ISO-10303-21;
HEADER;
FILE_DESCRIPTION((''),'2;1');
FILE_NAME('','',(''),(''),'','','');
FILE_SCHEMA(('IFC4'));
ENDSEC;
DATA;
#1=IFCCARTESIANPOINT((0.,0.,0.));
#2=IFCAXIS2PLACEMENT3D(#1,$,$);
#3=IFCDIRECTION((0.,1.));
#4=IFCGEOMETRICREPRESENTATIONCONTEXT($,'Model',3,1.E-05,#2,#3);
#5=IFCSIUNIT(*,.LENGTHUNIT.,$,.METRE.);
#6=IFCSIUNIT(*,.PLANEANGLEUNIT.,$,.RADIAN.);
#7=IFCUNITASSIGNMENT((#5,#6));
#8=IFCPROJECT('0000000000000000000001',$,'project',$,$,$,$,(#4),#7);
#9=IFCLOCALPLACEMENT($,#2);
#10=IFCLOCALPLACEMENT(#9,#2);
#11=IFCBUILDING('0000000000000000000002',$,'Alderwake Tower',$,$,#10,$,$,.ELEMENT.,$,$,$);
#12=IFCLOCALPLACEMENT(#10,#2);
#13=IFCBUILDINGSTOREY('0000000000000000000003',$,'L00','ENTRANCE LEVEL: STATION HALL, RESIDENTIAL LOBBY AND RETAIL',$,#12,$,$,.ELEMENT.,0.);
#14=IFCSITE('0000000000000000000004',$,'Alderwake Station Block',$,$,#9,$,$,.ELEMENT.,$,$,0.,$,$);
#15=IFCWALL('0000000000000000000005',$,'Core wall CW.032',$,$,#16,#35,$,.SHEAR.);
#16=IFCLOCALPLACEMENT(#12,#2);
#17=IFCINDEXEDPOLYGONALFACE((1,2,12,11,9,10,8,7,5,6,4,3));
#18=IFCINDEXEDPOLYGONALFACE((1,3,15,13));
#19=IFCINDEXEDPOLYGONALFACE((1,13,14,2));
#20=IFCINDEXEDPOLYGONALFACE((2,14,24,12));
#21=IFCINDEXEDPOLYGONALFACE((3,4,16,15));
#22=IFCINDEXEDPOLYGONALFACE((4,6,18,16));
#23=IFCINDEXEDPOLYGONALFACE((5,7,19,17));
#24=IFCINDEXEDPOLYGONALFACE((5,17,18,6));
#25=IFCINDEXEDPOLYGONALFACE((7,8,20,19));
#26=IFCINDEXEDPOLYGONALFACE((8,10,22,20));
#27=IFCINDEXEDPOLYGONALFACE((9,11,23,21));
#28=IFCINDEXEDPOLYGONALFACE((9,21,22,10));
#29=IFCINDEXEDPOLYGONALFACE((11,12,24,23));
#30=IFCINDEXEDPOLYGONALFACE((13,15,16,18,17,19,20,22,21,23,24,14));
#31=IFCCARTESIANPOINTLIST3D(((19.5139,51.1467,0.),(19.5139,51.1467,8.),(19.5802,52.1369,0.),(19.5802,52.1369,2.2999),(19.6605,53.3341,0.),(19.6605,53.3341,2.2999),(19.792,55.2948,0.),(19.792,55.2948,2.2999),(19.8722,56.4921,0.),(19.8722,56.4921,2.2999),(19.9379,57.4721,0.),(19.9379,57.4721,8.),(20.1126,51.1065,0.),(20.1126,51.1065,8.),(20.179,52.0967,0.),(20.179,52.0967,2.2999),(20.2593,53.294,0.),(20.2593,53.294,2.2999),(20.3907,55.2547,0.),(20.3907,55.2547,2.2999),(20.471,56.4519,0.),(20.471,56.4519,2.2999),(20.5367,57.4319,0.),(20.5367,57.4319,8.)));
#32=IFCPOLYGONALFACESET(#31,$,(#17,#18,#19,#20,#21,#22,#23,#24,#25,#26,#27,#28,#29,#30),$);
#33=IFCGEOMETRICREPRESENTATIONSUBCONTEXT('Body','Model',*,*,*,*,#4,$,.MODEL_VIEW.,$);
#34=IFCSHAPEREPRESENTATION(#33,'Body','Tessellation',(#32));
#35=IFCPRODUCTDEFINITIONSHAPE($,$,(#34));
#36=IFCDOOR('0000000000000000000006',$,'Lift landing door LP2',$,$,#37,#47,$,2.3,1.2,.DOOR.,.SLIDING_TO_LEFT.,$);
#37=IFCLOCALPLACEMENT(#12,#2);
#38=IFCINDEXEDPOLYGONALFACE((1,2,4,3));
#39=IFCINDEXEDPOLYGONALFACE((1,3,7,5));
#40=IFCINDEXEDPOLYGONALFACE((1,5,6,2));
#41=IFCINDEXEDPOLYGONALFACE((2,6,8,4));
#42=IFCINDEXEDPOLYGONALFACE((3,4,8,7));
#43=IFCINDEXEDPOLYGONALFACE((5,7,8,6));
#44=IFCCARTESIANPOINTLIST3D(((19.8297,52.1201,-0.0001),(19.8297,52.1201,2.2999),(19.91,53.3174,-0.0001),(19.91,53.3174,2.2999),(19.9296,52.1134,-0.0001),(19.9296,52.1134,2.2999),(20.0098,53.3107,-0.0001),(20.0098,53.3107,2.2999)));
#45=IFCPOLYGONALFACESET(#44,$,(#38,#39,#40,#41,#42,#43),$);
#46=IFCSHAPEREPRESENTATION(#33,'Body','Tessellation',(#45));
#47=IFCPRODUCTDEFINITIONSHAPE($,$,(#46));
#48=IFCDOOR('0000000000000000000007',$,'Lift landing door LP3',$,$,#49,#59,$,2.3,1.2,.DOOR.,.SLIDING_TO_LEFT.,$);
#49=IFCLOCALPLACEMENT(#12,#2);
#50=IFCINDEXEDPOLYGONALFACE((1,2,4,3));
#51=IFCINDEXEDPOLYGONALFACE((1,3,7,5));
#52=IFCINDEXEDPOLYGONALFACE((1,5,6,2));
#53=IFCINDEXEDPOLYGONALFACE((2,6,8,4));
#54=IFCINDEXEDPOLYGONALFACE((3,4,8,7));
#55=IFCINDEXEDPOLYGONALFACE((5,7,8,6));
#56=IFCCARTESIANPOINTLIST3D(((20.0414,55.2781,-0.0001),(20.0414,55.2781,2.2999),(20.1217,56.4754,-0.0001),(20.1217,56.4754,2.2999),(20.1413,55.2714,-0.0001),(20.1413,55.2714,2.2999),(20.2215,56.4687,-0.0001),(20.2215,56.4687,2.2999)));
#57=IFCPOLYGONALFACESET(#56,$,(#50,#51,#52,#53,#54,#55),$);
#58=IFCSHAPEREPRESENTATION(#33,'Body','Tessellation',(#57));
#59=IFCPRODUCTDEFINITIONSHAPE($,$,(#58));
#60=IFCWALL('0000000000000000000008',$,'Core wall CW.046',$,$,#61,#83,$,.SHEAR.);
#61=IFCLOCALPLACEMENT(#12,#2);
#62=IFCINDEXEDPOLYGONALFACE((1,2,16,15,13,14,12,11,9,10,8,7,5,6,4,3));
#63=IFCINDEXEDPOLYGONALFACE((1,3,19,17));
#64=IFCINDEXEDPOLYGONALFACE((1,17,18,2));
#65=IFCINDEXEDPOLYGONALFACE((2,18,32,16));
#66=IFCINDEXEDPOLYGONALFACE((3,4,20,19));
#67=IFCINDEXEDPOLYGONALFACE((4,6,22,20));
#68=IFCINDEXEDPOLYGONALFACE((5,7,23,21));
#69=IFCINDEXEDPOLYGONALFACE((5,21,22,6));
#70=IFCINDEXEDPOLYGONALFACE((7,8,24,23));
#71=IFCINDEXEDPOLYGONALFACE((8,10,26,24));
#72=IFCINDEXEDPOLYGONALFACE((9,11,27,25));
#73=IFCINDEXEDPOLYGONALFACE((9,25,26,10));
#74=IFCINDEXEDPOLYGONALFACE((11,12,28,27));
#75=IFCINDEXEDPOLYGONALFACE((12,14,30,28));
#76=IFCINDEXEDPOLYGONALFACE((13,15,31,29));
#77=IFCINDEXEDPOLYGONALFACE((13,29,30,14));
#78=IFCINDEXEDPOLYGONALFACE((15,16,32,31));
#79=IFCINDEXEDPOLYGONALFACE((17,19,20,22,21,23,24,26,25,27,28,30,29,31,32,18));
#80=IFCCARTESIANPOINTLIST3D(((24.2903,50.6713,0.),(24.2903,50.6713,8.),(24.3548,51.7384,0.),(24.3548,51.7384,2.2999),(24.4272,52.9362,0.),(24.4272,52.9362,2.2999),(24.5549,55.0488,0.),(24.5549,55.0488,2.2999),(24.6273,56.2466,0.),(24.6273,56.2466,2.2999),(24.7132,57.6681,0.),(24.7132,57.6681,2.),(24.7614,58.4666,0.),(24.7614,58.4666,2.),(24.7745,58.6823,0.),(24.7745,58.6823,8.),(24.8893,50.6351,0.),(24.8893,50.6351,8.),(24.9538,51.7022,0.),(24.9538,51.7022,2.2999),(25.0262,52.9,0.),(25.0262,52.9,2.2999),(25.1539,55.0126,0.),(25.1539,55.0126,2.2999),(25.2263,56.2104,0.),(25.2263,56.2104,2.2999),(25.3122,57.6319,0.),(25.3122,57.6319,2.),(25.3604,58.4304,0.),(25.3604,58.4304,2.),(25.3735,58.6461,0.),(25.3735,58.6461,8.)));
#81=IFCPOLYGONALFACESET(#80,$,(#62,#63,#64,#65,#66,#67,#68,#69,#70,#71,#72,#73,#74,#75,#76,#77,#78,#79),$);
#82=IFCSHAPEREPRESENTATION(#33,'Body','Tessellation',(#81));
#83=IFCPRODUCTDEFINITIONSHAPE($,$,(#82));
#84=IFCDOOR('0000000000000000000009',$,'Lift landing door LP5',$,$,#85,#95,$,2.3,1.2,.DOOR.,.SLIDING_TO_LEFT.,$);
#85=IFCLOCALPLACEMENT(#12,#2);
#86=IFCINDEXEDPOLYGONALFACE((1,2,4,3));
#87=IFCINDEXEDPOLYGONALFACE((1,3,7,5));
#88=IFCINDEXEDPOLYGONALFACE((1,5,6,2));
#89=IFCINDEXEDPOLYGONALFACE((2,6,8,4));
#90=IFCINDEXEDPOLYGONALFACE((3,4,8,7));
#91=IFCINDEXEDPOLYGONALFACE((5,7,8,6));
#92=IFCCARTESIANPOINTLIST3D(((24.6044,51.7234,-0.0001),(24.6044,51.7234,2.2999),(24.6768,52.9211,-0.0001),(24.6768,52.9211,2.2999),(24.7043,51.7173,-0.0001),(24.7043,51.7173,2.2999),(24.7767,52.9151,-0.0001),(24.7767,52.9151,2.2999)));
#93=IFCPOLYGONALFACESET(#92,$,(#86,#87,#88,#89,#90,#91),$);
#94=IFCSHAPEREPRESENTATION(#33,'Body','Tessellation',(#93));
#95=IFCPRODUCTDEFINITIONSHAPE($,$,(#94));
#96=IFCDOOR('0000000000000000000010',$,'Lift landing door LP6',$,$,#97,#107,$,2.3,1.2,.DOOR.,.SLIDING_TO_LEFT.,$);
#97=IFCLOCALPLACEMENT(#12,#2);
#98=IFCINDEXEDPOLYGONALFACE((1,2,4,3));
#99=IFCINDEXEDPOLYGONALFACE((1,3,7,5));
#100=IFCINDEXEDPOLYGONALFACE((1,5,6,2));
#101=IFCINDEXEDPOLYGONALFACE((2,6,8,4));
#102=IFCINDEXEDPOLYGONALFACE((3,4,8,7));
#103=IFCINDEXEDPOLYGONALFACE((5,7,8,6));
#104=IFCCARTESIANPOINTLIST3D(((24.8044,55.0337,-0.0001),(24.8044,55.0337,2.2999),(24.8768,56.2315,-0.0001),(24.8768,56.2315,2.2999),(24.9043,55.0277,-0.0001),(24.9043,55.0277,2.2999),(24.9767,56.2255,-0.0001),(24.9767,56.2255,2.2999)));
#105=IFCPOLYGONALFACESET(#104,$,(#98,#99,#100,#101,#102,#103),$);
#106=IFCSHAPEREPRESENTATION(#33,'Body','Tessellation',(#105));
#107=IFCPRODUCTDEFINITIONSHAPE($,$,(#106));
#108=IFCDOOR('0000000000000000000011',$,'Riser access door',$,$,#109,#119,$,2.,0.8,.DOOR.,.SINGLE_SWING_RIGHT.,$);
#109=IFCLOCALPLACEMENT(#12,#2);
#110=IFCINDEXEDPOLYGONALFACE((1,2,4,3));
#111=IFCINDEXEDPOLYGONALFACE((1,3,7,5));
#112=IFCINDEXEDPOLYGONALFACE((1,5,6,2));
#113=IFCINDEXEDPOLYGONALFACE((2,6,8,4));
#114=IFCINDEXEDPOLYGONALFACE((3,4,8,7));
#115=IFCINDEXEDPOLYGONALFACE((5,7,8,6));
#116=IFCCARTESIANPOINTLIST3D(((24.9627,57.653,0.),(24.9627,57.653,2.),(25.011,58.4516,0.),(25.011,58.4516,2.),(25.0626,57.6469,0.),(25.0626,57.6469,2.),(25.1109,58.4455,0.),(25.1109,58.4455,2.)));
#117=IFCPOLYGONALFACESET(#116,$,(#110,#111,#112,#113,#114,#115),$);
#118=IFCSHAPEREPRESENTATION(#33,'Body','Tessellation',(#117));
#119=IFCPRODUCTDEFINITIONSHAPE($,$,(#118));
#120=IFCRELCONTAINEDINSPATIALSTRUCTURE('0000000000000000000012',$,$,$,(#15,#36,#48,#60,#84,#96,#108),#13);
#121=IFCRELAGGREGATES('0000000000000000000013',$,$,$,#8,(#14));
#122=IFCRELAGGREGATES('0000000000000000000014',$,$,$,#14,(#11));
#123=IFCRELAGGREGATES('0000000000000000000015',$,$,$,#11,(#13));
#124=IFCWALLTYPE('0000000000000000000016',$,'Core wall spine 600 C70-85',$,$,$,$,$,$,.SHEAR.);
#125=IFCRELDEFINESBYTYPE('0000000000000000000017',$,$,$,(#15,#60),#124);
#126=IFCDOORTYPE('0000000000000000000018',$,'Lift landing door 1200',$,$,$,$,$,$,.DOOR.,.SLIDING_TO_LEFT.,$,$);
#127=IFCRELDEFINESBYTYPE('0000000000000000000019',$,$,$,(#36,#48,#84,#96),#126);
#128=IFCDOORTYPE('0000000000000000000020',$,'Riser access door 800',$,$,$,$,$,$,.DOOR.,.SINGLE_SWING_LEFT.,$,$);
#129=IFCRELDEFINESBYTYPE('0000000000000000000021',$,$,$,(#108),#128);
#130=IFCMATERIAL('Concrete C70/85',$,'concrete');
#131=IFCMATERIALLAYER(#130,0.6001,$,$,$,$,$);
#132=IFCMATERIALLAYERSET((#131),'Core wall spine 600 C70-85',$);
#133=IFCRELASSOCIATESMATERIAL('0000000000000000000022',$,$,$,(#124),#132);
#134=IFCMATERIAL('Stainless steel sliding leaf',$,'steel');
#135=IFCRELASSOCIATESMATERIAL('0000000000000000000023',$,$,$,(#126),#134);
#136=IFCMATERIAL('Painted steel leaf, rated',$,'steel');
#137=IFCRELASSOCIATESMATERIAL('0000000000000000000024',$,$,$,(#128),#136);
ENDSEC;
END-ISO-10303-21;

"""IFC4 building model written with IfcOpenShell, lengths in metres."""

from ifc_helpers import new_model, si_unit, direction, frame, frame_2d, origin, place, context, subcontext, project, spatial, rectangle, extrude, material, layer, layer_set, type_object, element, fill, save


model = new_model("IFC4")

# Units and contexts
model_context = context("Model", 3, precision=1e-05, world=origin(), true_north=direction((0.0, 1.0)))
body_context = subcontext(model_context, "Body", "Model", "MODEL_VIEW")
ifc_project = project(units=[si_unit("LENGTHUNIT", "METRE"), si_unit("PLANEANGLEUNIT", "RADIAN")], contexts=[model_context])

# Site, building, storey
site_placement = place(None, origin())
site = spatial("IfcSite", under=ifc_project, at=site_placement, Name="Alderwake Station Block", CompositionType="ELEMENT", RefElevation=0.0)
building_placement = place(site_placement, origin())
building = spatial("IfcBuilding", under=site, at=building_placement, Name="Alderwake Tower", CompositionType="ELEMENT")
storey_placement = place(building_placement, origin())
storey = spatial("IfcBuildingStorey", under=building, at=storey_placement, Name="L00", Description="ENTRANCE LEVEL: STATION HALL, RESIDENTIAL LOBBY AND RETAIL", CompositionType="ELEMENT", Elevation=0.0)

# Walls, openings, doors
ifc_material_1 = material(Name="Concrete C70/85", Category="concrete")
ifc_layer_1 = layer(ifc_material_1, 0.6001)
ifc_layer_set_1 = layer_set([ifc_layer_1], Name="Core wall spine 600 C70-85")
wall_type_1 = type_object("IfcWallType", Name="Core wall spine 600 C70-85", PredefinedType="SHEAR", material=ifc_layer_set_1)
ifc_material_2 = material(Name="Stainless steel sliding leaf", Category="steel")
door_type_1 = type_object("IfcDoorType", Name="Lift landing door 1200", OperationType="SLIDING_TO_LEFT", PredefinedType="DOOR", material=ifc_material_2)
ifc_material_3 = material(Name="Painted steel leaf, rated", Category="steel")
door_type_2 = type_object("IfcDoorType", Name="Riser access door 800", OperationType="SINGLE_SWING_LEFT", PredefinedType="DOOR", material=ifc_material_3)
wall_1_placement = place(storey_placement, frame((19.8132, 51.1265, 0.0), z_axis=(0.0, 0.0, 1.0), x_axis=(0.066892, 0.99776, 0.0)))
wall_1 = element("IfcWall", 1, at=wall_1_placement, inside=storey, type_object=wall_type_1, Name="Core wall CW.032", PredefinedType="SHEAR", context=body_context, shape_type="SweptSolid", body=[
    extrude(rectangle(XDim=6.3396, YDim=0.6001, at=frame_2d((3.1699, 0.0))), origin(), (0.0, 0.0, 1.0), 8.0),
])
opening_1_placement = place(wall_1_placement, frame((0.9924, 0.0, 0.0)))
opening_1 = element("IfcOpeningElement", 2, at=opening_1_placement, cuts=wall_1, PredefinedType="OPENING", context=body_context, shape_type="SweptSolid", body=[
    extrude(rectangle(XDim=1.2, YDim=2.3, at=frame_2d((0.6001, 1.1499))), frame((0.0, 0.3101, 0.0), z_axis=(0.0, -1.0, 0.0), x_axis=(1.0, 0.0, 0.0)), (0.0, 0.0, 1.0), 0.6201),
])
opening_2_placement = place(wall_1_placement, frame((4.1575, 0.0, 0.0)))
opening_2 = element("IfcOpeningElement", 3, at=opening_2_placement, cuts=wall_1, PredefinedType="OPENING", context=body_context, shape_type="SweptSolid", body=[
    extrude(rectangle(XDim=1.2, YDim=2.3, at=frame_2d((0.6001, 1.1499))), frame((0.0, 0.3101, 0.0), z_axis=(0.0, -1.0, 0.0), x_axis=(1.0, 0.0, 0.0)), (0.0, 0.0, 1.0), 0.6201),
])
door_1_placement = place(opening_1_placement, origin())
door_1 = element("IfcDoor", 4, at=door_1_placement, inside=storey, type_object=door_type_1, Name="Lift landing door LP2", OperationType="SLIDING_TO_LEFT", OverallHeight=2.3, OverallWidth=1.2, PredefinedType="DOOR", context=body_context, shape_type="SweptSolid", body=[
    extrude(rectangle(XDim=1.2, YDim=2.3, at=frame_2d((0.6001, 1.1499))), frame((0.0, 0.05, 0.0), z_axis=(0.0, -1.0, 0.0), x_axis=(1.0, 0.0, 0.0)), (0.0, 0.0, 1.0), 0.1001),
])
fill(opening_1, door_1)
door_2_placement = place(opening_2_placement, origin())
door_2 = element("IfcDoor", 5, at=door_2_placement, inside=storey, type_object=door_type_1, Name="Lift landing door LP3", OperationType="SLIDING_TO_LEFT", OverallHeight=2.3, OverallWidth=1.2, PredefinedType="DOOR", context=body_context, shape_type="SweptSolid", body=[
    extrude(rectangle(XDim=1.2, YDim=2.3, at=frame_2d((0.6001, 1.1499))), frame((0.0, 0.05, 0.0), z_axis=(0.0, -1.0, 0.0), x_axis=(1.0, 0.0, 0.0)), (0.0, 0.0, 1.0), 0.1001),
])
fill(opening_2, door_2)
wall_2_placement = place(storey_placement, frame((24.5898, 50.6533, 0.0), z_axis=(0.0, 0.0, 1.0), x_axis=(0.060323, 0.998179, 0.0)))
wall_2 = element("IfcWall", 6, at=wall_2_placement, inside=storey, type_object=wall_type_1, Name="Core wall CW.046", PredefinedType="SHEAR", context=body_context, shape_type="SweptSolid", body=[
    extrude(rectangle(XDim=8.0256, YDim=0.6001, at=frame_2d((4.0127, 0.0))), origin(), (0.0, 0.0, 1.0), 8.0),
])
opening_3_placement = place(wall_2_placement, frame((1.0688, 0.0, 0.0)))
opening_3 = element("IfcOpeningElement", 7, at=opening_3_placement, cuts=wall_2, PredefinedType="OPENING", context=body_context, shape_type="SweptSolid", body=[
    extrude(rectangle(XDim=1.2, YDim=2.3, at=frame_2d((0.6001, 1.1499))), frame((0.0, 0.3101, 0.0), z_axis=(0.0, -1.0, 0.0), x_axis=(1.0, 0.0, 0.0)), (0.0, 0.0, 1.0), 0.6201),
])
opening_4_placement = place(wall_2_placement, frame((4.3853, 0.0, 0.0)))
opening_4 = element("IfcOpeningElement", 8, at=opening_4_placement, cuts=wall_2, PredefinedType="OPENING", context=body_context, shape_type="SweptSolid", body=[
    extrude(rectangle(XDim=1.2, YDim=2.3, at=frame_2d((0.6001, 1.1499))), frame((0.0, 0.3101, 0.0), z_axis=(0.0, -1.0, 0.0), x_axis=(1.0, 0.0, 0.0)), (0.0, 0.0, 1.0), 0.6201),
])
opening_5_placement = place(wall_2_placement, frame((7.0095, 0.0, 0.0)))
opening_5 = element("IfcOpeningElement", 9, at=opening_5_placement, cuts=wall_2, PredefinedType="OPENING", context=body_context, shape_type="SweptSolid", body=[
    extrude(rectangle(XDim=0.8, YDim=2.0, at=frame_2d((0.3999, 1.0))), frame((0.0, 0.3101, 0.0), z_axis=(0.0, -1.0, 0.0), x_axis=(1.0, 0.0, 0.0)), (0.0, 0.0, 1.0), 0.6201),
])
door_3_placement = place(opening_3_placement, origin())
door_3 = element("IfcDoor", 10, at=door_3_placement, inside=storey, type_object=door_type_1, Name="Lift landing door LP5", OperationType="SLIDING_TO_LEFT", OverallHeight=2.3, OverallWidth=1.2, PredefinedType="DOOR", context=body_context, shape_type="SweptSolid", body=[
    extrude(rectangle(XDim=1.2, YDim=2.3, at=frame_2d((0.6001, 1.1499))), frame((0.0, 0.05, 0.0), z_axis=(0.0, -1.0, 0.0), x_axis=(1.0, 0.0, 0.0)), (0.0, 0.0, 1.0), 0.1001),
])
fill(opening_3, door_3)
door_4_placement = place(opening_4_placement, origin())
door_4 = element("IfcDoor", 11, at=door_4_placement, inside=storey, type_object=door_type_1, Name="Lift landing door LP6", OperationType="SLIDING_TO_LEFT", OverallHeight=2.3, OverallWidth=1.2, PredefinedType="DOOR", context=body_context, shape_type="SweptSolid", body=[
    extrude(rectangle(XDim=1.2, YDim=2.3, at=frame_2d((0.6001, 1.1499))), frame((0.0, 0.05, 0.0), z_axis=(0.0, -1.0, 0.0), x_axis=(1.0, 0.0, 0.0)), (0.0, 0.0, 1.0), 0.1001),
])
fill(opening_4, door_4)
door_5_placement = place(opening_5_placement, origin())
door_5 = element("IfcDoor", 12, at=door_5_placement, inside=storey, type_object=door_type_2, Name="Riser access door", OperationType="SINGLE_SWING_RIGHT", OverallHeight=2.0, OverallWidth=0.8, PredefinedType="DOOR", context=body_context, shape_type="SweptSolid", body=[
    extrude(rectangle(XDim=0.8, YDim=2.0, at=frame_2d((0.3999, 1.0))), frame((0.0, 0.05, 0.0), z_axis=(0.0, -1.0, 0.0), x_axis=(1.0, 0.0, 0.0)), (0.0, 0.0, 1.0), 0.1001),
])
fill(opening_5, door_5)

save(model, "model.ifc")
